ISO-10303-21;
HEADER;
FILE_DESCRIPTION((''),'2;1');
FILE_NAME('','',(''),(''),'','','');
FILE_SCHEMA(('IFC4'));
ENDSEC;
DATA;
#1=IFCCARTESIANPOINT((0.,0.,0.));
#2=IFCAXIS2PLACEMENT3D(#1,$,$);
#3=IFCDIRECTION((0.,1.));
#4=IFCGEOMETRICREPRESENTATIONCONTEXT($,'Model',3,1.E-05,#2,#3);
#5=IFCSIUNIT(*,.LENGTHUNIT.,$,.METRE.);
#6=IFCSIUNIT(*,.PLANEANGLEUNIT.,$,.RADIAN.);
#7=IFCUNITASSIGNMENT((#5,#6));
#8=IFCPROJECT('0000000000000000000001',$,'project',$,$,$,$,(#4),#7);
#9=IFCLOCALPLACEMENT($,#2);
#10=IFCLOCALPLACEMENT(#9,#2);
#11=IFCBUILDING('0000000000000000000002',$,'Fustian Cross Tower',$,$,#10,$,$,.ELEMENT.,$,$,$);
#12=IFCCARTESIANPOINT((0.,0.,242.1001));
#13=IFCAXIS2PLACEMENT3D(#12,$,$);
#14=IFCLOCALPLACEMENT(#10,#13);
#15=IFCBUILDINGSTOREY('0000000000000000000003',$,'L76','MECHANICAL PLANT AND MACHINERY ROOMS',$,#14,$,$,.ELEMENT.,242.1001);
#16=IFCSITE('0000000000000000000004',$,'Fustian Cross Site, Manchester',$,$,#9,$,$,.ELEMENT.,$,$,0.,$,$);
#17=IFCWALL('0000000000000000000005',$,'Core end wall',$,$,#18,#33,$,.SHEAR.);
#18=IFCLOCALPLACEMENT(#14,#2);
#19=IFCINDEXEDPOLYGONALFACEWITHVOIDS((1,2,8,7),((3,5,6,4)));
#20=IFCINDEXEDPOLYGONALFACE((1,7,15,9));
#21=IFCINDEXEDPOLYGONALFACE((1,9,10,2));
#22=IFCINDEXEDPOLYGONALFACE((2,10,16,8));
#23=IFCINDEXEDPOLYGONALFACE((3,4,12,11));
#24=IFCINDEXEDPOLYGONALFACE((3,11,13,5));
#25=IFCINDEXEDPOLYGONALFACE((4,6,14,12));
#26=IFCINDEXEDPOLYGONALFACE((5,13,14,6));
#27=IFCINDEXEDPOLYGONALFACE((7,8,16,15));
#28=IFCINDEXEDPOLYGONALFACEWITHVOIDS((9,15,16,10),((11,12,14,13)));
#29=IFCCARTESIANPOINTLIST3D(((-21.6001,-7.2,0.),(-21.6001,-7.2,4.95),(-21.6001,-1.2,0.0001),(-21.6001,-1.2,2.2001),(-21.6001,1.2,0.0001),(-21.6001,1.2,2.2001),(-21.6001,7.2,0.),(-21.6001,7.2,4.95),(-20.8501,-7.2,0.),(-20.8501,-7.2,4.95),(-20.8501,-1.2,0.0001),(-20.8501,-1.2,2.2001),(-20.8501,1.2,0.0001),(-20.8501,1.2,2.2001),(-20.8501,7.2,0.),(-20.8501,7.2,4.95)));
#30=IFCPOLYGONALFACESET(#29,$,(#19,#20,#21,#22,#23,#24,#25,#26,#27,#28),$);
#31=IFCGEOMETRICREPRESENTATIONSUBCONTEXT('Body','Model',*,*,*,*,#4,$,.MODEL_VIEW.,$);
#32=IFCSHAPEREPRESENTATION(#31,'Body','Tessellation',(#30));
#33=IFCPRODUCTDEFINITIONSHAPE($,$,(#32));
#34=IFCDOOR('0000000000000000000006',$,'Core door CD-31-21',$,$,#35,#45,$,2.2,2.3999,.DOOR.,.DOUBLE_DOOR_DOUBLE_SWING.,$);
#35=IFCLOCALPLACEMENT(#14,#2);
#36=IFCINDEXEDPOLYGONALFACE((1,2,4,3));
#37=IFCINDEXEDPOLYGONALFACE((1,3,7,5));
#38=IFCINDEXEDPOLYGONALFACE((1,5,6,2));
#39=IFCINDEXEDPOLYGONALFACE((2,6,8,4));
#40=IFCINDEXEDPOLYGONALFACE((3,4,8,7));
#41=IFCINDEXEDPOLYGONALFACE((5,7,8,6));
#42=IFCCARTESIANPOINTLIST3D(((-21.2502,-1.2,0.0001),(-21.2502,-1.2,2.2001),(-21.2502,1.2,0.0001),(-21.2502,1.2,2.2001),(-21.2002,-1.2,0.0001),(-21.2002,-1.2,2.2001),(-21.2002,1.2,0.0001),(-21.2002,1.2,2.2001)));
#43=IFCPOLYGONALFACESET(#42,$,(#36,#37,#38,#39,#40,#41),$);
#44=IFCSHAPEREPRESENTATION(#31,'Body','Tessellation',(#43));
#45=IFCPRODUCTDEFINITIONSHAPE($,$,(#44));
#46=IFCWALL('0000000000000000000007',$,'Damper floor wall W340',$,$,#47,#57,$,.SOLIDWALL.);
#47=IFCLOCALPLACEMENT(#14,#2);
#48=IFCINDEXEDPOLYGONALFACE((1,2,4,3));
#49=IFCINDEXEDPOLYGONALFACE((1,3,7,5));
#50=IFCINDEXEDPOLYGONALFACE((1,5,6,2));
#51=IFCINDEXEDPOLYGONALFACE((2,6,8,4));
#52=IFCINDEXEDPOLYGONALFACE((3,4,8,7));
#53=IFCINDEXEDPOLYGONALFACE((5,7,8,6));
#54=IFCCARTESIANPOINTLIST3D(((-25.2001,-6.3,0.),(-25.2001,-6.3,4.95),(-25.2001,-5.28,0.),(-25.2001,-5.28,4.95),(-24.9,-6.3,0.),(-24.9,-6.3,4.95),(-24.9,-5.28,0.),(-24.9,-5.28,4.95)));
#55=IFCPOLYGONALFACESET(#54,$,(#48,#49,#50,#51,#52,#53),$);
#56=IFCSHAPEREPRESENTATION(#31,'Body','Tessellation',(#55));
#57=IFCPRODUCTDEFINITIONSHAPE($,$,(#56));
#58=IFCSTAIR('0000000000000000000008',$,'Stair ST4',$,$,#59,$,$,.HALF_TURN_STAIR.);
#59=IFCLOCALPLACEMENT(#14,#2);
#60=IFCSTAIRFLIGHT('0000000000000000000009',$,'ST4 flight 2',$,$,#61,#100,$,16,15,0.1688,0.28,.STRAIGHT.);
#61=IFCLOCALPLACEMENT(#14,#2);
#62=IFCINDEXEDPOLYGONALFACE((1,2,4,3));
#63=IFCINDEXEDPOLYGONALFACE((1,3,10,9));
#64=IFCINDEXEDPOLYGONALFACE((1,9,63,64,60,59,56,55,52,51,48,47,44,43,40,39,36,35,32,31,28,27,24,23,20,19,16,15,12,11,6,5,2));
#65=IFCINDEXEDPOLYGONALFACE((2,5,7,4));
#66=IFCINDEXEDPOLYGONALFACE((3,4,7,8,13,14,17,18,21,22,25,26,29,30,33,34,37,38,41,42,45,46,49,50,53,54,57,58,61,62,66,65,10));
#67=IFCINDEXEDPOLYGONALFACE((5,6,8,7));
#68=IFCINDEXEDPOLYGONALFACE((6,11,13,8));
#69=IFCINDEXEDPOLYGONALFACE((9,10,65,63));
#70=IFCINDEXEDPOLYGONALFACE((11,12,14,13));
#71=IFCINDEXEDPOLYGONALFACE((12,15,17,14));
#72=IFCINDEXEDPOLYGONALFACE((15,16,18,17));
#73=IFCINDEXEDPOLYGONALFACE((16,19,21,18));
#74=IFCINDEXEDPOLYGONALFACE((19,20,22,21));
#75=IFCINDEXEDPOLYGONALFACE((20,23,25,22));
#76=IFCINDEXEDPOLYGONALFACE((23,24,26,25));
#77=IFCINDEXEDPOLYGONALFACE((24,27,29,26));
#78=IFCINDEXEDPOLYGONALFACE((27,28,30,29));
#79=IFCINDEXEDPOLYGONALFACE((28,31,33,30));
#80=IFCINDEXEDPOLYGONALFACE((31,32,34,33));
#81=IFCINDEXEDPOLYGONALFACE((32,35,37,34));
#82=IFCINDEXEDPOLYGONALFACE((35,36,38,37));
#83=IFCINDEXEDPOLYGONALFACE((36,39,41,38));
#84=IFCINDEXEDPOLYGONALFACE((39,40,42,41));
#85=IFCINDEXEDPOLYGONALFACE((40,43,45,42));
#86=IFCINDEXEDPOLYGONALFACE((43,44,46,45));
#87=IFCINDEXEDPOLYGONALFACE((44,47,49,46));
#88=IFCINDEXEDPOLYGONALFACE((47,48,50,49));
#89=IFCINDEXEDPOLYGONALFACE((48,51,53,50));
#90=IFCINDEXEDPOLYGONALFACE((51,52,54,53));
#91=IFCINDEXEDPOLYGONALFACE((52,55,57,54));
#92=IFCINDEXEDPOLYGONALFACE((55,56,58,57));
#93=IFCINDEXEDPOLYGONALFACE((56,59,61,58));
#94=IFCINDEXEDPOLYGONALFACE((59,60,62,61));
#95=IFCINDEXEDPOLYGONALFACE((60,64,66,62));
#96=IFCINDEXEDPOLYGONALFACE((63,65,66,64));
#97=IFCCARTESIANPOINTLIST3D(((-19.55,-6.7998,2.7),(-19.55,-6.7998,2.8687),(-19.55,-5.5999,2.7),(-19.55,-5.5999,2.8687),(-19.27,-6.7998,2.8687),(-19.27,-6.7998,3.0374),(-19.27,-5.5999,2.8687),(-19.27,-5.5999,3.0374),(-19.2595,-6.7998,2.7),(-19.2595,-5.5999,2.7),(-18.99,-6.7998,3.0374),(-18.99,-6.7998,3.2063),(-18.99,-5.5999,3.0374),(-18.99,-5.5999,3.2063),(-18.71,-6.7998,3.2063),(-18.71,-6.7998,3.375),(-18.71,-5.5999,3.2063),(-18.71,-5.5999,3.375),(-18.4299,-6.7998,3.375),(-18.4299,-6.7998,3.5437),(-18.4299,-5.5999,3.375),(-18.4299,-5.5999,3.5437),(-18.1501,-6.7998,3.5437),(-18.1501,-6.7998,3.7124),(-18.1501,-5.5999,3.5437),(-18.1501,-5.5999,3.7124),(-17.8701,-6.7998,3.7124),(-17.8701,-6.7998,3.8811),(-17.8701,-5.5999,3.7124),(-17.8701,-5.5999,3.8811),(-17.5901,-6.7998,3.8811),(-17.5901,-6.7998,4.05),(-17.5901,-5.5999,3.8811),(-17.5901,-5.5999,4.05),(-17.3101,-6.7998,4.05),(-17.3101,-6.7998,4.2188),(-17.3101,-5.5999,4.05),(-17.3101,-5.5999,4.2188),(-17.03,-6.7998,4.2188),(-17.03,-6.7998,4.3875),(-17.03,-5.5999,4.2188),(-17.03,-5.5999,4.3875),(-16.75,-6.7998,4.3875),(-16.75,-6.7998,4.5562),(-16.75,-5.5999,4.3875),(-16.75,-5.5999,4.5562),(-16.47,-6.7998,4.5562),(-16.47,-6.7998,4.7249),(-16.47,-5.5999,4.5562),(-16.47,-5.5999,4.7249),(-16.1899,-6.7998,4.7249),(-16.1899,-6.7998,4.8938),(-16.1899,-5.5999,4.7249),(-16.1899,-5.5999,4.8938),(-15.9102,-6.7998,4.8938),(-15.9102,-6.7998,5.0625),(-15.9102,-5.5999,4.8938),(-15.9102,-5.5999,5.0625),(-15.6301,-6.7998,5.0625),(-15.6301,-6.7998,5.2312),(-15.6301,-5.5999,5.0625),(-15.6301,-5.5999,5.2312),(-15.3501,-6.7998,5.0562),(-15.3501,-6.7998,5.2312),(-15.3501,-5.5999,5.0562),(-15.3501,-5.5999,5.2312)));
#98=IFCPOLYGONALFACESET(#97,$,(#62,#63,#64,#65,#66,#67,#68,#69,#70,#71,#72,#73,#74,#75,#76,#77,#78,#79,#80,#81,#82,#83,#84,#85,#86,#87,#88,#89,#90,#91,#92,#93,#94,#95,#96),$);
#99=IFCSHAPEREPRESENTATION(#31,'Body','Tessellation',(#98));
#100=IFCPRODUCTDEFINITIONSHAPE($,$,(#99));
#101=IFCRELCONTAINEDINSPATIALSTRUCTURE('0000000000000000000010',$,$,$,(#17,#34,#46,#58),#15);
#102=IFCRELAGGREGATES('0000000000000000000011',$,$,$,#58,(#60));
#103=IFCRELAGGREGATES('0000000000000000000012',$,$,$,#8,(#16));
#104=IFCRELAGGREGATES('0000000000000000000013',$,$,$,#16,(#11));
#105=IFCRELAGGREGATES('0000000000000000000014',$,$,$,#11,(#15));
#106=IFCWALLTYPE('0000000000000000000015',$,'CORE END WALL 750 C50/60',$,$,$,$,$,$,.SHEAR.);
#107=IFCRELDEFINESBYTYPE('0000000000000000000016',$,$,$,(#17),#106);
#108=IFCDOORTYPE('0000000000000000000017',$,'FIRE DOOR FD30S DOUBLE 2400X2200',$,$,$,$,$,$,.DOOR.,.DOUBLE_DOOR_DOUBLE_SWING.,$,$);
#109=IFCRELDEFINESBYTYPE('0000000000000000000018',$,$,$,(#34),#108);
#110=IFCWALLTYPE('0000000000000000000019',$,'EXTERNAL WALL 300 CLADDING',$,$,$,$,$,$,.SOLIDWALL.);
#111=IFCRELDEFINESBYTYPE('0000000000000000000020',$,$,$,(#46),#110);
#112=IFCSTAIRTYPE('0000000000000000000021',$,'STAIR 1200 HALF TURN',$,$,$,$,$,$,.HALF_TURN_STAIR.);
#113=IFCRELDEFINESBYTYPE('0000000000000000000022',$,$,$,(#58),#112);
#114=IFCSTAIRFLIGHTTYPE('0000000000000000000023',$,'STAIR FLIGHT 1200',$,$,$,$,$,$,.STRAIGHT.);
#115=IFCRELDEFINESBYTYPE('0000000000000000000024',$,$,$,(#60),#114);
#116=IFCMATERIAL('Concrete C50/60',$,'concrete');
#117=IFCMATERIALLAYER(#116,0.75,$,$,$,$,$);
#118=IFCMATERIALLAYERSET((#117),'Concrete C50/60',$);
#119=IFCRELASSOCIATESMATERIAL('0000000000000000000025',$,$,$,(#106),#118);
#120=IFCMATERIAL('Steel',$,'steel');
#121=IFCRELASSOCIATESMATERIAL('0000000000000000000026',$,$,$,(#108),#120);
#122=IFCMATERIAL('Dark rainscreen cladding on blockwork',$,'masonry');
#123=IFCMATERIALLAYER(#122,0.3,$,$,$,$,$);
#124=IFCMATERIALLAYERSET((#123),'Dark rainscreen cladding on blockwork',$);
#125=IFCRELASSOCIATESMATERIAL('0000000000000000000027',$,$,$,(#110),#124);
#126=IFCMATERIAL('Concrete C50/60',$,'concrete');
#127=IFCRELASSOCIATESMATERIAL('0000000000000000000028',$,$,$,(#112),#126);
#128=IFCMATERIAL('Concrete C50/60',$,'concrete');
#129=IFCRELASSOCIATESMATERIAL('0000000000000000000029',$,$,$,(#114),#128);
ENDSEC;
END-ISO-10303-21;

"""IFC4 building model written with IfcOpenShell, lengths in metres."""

from ifc_helpers import new_model, si_unit, direction, frame, frame_2d, origin, place, context, subcontext, project, spatial, polyline, rectangle, outline, extrude, material, layer, layer_set, type_object, element, fill, aggregate, save


model = new_model("IFC4")

# Units and contexts
model_context = context("Model", 3, precision=1e-05, world=origin(), true_north=direction((0.0, 1.0)))
body_context = subcontext(model_context, "Body", "Model", "MODEL_VIEW")
ifc_project = project(units=[si_unit("LENGTHUNIT", "METRE"), si_unit("PLANEANGLEUNIT", "RADIAN")], contexts=[model_context])

# Site, building, storey
site_placement = place(None, origin())
site = spatial("IfcSite", under=ifc_project, at=site_placement, Name="Fustian Cross Site, Manchester", CompositionType="ELEMENT", RefElevation=0.0)
building_placement = place(site_placement, origin())
building = spatial("IfcBuilding", under=site, at=building_placement, Name="Fustian Cross Tower", CompositionType="ELEMENT")
storey_placement = place(building_placement, frame((0.0, 0.0, 242.1001)))
storey = spatial("IfcBuildingStorey", under=building, at=storey_placement, Name="L76", Description="MECHANICAL PLANT AND MACHINERY ROOMS", CompositionType="ELEMENT", Elevation=242.1001)

# Wall, opening, door
ifc_material_1 = material(Name="Concrete C50/60", Category="concrete")
ifc_layer_1 = layer(ifc_material_1, 0.75)
ifc_layer_set_1 = layer_set([ifc_layer_1], Name="Concrete C50/60")
wall_type_1 = type_object("IfcWallType", Name="CORE END WALL 750 C50/60", PredefinedType="SHEAR", material=ifc_layer_set_1)
wall_1_placement = place(storey_placement, frame((-21.2251, -7.2, 0.0), z_axis=(0.0, 0.0, 1.0), x_axis=(0.0, 1.0, 0.0)))
wall_1 = element("IfcWall", 1, at=wall_1_placement, inside=storey, type_object=wall_type_1, Name="Core end wall", PredefinedType="SHEAR", context=body_context, shape_type="SweptSolid", body=[
    extrude(rectangle(XDim=14.3999, YDim=0.75, at=frame_2d((7.2, 0.0))), origin(), (0.0, 0.0, 1.0), 4.95),
])
opening_1_placement = place(wall_1_placement, frame((6.0, 0.0, 0.0)))
opening_1 = element("IfcOpeningElement", 2, at=opening_1_placement, cuts=wall_1, PredefinedType="OPENING", context=body_context, shape_type="SweptSolid", body=[
    extrude(rectangle(XDim=2.3999, YDim=2.2, at=frame_2d((1.2, 1.1001))), frame((0.0, 0.385, 0.0), z_axis=(0.0, -1.0, 0.0), x_axis=(1.0, 0.0, 0.0)), (0.0, 0.0, 1.0), 0.77),
])
ifc_material_2 = material(Name="Steel", Category="steel")
door_type_1 = type_object("IfcDoorType", Name="FIRE DOOR FD30S DOUBLE 2400X2200", OperationType="DOUBLE_DOOR_DOUBLE_SWING", PredefinedType="DOOR", material=ifc_material_2)
door_1_placement = place(opening_1_placement, frame((2.3999, 0.0, 0.0), z_axis=(0.0, 0.0, 1.0), x_axis=(-1.0, 0.0, 0.0)))
door_1 = element("IfcDoor", 3, at=door_1_placement, inside=storey, type_object=door_type_1, Name="Core door CD-31-21", OperationType="DOUBLE_DOOR_DOUBLE_SWING", OverallHeight=2.2, OverallWidth=2.3999, PredefinedType="DOOR", context=body_context, shape_type="SweptSolid", body=[
    extrude(rectangle(XDim=2.3999, YDim=2.2, at=frame_2d((1.2, 1.1001))), frame((0.0, 0.0249, 0.0), z_axis=(0.0, -1.0, 0.0), x_axis=(1.0, 0.0, 0.0)), (0.0, 0.0, 1.0), 0.05),
])
fill(opening_1, door_1)

# Wall
ifc_material_3 = material(Name="Dark rainscreen cladding on blockwork", Category="masonry")
ifc_layer_2 = layer(ifc_material_3, 0.3)
ifc_layer_set_2 = layer_set([ifc_layer_2], Name="Dark rainscreen cladding on blockwork")
wall_type_2 = type_object("IfcWallType", Name="EXTERNAL WALL 300 CLADDING", PredefinedType="SOLIDWALL", material=ifc_layer_set_2)
wall_2_placement = place(storey_placement, frame((-25.05, -5.28, 0.0), z_axis=(0.0, 0.0, 1.0), x_axis=(0.0, -1.0, 0.0)))
element("IfcWall", 4, at=wall_2_placement, inside=storey, type_object=wall_type_2, Name="Damper floor wall W340", PredefinedType="SOLIDWALL", context=body_context, shape_type="SweptSolid", body=[
    extrude(rectangle(XDim=1.02, YDim=0.3, at=frame_2d((0.51, 0.0))), origin(), (0.0, 0.0, 1.0), 4.95),
])

# Stair, stair flight
ifc_material_4 = material(Name="Concrete C50/60", Category="concrete")
stair_type = type_object("IfcStairType", Name="STAIR 1200 HALF TURN", PredefinedType="HALF_TURN_STAIR", material=ifc_material_4)
stair_placement = place(storey_placement, origin())
stair = element("IfcStair", 5, at=stair_placement, inside=storey, type_object=stair_type, Name="Stair ST4", PredefinedType="HALF_TURN_STAIR")
ifc_material_5 = material(Name="Concrete C50/60", Category="concrete")
stair_flight_type = type_object("IfcStairFlightType", Name="STAIR FLIGHT 1200", PredefinedType="STRAIGHT", material=ifc_material_5)
stair_flight_placement = place(storey_placement, frame((-19.55, -6.2, 2.7), z_axis=(0.0, 0.0, 1.0), x_axis=(1.0, 0.0, 0.0)))
stair_flight = element("IfcStairFlight", 6, at=stair_flight_placement, type_object=stair_flight_type, Name="ST4 flight 2", NumberOfRisers=16, NumberOfTreads=15, PredefinedType="STRAIGHT", RiserHeight=0.1688, TreadLength=0.28, context=body_context, shape_type="SweptSolid", body=[
    extrude(outline(polyline([(0.0, 0.0), (0.0, 0.1687), (0.28, 0.1687), (0.28, 0.3374), (0.5601, 0.3374), (0.5601, 0.5063), (0.8401, 0.5063), (0.8401, 0.675), (1.1201, 0.675), (1.1201, 0.8438), (1.3999, 0.8438), (1.3999, 1.0125), (1.6799, 1.0125), (1.6799, 1.1812), (1.96, 1.1812), (1.96, 1.3501), (2.24, 1.3501), (2.24, 1.5188), (2.52, 1.5188), (2.52, 1.6875), (2.8, 1.6875), (2.8, 1.8562), (3.0801, 1.8562), (3.0801, 2.0249), (3.3601, 2.0249), (3.3601, 2.1938), (3.6399, 2.1938), (3.6399, 2.3625), (3.9199, 2.3625), (3.9199, 2.5312), (4.2, 2.5312), (4.2, 2.7), (4.2, 2.3562), (0.2905, 0.0), (0.0, 0.0)])), frame((0.0, 0.6001, 0.0), z_axis=(0.0, -1.0, 0.0), x_axis=(1.0, 0.0, 0.0)), (0.0, 0.0, 1.0), 1.2),
])
aggregate(stair, [stair_flight])

save(model, "model.ifc")
